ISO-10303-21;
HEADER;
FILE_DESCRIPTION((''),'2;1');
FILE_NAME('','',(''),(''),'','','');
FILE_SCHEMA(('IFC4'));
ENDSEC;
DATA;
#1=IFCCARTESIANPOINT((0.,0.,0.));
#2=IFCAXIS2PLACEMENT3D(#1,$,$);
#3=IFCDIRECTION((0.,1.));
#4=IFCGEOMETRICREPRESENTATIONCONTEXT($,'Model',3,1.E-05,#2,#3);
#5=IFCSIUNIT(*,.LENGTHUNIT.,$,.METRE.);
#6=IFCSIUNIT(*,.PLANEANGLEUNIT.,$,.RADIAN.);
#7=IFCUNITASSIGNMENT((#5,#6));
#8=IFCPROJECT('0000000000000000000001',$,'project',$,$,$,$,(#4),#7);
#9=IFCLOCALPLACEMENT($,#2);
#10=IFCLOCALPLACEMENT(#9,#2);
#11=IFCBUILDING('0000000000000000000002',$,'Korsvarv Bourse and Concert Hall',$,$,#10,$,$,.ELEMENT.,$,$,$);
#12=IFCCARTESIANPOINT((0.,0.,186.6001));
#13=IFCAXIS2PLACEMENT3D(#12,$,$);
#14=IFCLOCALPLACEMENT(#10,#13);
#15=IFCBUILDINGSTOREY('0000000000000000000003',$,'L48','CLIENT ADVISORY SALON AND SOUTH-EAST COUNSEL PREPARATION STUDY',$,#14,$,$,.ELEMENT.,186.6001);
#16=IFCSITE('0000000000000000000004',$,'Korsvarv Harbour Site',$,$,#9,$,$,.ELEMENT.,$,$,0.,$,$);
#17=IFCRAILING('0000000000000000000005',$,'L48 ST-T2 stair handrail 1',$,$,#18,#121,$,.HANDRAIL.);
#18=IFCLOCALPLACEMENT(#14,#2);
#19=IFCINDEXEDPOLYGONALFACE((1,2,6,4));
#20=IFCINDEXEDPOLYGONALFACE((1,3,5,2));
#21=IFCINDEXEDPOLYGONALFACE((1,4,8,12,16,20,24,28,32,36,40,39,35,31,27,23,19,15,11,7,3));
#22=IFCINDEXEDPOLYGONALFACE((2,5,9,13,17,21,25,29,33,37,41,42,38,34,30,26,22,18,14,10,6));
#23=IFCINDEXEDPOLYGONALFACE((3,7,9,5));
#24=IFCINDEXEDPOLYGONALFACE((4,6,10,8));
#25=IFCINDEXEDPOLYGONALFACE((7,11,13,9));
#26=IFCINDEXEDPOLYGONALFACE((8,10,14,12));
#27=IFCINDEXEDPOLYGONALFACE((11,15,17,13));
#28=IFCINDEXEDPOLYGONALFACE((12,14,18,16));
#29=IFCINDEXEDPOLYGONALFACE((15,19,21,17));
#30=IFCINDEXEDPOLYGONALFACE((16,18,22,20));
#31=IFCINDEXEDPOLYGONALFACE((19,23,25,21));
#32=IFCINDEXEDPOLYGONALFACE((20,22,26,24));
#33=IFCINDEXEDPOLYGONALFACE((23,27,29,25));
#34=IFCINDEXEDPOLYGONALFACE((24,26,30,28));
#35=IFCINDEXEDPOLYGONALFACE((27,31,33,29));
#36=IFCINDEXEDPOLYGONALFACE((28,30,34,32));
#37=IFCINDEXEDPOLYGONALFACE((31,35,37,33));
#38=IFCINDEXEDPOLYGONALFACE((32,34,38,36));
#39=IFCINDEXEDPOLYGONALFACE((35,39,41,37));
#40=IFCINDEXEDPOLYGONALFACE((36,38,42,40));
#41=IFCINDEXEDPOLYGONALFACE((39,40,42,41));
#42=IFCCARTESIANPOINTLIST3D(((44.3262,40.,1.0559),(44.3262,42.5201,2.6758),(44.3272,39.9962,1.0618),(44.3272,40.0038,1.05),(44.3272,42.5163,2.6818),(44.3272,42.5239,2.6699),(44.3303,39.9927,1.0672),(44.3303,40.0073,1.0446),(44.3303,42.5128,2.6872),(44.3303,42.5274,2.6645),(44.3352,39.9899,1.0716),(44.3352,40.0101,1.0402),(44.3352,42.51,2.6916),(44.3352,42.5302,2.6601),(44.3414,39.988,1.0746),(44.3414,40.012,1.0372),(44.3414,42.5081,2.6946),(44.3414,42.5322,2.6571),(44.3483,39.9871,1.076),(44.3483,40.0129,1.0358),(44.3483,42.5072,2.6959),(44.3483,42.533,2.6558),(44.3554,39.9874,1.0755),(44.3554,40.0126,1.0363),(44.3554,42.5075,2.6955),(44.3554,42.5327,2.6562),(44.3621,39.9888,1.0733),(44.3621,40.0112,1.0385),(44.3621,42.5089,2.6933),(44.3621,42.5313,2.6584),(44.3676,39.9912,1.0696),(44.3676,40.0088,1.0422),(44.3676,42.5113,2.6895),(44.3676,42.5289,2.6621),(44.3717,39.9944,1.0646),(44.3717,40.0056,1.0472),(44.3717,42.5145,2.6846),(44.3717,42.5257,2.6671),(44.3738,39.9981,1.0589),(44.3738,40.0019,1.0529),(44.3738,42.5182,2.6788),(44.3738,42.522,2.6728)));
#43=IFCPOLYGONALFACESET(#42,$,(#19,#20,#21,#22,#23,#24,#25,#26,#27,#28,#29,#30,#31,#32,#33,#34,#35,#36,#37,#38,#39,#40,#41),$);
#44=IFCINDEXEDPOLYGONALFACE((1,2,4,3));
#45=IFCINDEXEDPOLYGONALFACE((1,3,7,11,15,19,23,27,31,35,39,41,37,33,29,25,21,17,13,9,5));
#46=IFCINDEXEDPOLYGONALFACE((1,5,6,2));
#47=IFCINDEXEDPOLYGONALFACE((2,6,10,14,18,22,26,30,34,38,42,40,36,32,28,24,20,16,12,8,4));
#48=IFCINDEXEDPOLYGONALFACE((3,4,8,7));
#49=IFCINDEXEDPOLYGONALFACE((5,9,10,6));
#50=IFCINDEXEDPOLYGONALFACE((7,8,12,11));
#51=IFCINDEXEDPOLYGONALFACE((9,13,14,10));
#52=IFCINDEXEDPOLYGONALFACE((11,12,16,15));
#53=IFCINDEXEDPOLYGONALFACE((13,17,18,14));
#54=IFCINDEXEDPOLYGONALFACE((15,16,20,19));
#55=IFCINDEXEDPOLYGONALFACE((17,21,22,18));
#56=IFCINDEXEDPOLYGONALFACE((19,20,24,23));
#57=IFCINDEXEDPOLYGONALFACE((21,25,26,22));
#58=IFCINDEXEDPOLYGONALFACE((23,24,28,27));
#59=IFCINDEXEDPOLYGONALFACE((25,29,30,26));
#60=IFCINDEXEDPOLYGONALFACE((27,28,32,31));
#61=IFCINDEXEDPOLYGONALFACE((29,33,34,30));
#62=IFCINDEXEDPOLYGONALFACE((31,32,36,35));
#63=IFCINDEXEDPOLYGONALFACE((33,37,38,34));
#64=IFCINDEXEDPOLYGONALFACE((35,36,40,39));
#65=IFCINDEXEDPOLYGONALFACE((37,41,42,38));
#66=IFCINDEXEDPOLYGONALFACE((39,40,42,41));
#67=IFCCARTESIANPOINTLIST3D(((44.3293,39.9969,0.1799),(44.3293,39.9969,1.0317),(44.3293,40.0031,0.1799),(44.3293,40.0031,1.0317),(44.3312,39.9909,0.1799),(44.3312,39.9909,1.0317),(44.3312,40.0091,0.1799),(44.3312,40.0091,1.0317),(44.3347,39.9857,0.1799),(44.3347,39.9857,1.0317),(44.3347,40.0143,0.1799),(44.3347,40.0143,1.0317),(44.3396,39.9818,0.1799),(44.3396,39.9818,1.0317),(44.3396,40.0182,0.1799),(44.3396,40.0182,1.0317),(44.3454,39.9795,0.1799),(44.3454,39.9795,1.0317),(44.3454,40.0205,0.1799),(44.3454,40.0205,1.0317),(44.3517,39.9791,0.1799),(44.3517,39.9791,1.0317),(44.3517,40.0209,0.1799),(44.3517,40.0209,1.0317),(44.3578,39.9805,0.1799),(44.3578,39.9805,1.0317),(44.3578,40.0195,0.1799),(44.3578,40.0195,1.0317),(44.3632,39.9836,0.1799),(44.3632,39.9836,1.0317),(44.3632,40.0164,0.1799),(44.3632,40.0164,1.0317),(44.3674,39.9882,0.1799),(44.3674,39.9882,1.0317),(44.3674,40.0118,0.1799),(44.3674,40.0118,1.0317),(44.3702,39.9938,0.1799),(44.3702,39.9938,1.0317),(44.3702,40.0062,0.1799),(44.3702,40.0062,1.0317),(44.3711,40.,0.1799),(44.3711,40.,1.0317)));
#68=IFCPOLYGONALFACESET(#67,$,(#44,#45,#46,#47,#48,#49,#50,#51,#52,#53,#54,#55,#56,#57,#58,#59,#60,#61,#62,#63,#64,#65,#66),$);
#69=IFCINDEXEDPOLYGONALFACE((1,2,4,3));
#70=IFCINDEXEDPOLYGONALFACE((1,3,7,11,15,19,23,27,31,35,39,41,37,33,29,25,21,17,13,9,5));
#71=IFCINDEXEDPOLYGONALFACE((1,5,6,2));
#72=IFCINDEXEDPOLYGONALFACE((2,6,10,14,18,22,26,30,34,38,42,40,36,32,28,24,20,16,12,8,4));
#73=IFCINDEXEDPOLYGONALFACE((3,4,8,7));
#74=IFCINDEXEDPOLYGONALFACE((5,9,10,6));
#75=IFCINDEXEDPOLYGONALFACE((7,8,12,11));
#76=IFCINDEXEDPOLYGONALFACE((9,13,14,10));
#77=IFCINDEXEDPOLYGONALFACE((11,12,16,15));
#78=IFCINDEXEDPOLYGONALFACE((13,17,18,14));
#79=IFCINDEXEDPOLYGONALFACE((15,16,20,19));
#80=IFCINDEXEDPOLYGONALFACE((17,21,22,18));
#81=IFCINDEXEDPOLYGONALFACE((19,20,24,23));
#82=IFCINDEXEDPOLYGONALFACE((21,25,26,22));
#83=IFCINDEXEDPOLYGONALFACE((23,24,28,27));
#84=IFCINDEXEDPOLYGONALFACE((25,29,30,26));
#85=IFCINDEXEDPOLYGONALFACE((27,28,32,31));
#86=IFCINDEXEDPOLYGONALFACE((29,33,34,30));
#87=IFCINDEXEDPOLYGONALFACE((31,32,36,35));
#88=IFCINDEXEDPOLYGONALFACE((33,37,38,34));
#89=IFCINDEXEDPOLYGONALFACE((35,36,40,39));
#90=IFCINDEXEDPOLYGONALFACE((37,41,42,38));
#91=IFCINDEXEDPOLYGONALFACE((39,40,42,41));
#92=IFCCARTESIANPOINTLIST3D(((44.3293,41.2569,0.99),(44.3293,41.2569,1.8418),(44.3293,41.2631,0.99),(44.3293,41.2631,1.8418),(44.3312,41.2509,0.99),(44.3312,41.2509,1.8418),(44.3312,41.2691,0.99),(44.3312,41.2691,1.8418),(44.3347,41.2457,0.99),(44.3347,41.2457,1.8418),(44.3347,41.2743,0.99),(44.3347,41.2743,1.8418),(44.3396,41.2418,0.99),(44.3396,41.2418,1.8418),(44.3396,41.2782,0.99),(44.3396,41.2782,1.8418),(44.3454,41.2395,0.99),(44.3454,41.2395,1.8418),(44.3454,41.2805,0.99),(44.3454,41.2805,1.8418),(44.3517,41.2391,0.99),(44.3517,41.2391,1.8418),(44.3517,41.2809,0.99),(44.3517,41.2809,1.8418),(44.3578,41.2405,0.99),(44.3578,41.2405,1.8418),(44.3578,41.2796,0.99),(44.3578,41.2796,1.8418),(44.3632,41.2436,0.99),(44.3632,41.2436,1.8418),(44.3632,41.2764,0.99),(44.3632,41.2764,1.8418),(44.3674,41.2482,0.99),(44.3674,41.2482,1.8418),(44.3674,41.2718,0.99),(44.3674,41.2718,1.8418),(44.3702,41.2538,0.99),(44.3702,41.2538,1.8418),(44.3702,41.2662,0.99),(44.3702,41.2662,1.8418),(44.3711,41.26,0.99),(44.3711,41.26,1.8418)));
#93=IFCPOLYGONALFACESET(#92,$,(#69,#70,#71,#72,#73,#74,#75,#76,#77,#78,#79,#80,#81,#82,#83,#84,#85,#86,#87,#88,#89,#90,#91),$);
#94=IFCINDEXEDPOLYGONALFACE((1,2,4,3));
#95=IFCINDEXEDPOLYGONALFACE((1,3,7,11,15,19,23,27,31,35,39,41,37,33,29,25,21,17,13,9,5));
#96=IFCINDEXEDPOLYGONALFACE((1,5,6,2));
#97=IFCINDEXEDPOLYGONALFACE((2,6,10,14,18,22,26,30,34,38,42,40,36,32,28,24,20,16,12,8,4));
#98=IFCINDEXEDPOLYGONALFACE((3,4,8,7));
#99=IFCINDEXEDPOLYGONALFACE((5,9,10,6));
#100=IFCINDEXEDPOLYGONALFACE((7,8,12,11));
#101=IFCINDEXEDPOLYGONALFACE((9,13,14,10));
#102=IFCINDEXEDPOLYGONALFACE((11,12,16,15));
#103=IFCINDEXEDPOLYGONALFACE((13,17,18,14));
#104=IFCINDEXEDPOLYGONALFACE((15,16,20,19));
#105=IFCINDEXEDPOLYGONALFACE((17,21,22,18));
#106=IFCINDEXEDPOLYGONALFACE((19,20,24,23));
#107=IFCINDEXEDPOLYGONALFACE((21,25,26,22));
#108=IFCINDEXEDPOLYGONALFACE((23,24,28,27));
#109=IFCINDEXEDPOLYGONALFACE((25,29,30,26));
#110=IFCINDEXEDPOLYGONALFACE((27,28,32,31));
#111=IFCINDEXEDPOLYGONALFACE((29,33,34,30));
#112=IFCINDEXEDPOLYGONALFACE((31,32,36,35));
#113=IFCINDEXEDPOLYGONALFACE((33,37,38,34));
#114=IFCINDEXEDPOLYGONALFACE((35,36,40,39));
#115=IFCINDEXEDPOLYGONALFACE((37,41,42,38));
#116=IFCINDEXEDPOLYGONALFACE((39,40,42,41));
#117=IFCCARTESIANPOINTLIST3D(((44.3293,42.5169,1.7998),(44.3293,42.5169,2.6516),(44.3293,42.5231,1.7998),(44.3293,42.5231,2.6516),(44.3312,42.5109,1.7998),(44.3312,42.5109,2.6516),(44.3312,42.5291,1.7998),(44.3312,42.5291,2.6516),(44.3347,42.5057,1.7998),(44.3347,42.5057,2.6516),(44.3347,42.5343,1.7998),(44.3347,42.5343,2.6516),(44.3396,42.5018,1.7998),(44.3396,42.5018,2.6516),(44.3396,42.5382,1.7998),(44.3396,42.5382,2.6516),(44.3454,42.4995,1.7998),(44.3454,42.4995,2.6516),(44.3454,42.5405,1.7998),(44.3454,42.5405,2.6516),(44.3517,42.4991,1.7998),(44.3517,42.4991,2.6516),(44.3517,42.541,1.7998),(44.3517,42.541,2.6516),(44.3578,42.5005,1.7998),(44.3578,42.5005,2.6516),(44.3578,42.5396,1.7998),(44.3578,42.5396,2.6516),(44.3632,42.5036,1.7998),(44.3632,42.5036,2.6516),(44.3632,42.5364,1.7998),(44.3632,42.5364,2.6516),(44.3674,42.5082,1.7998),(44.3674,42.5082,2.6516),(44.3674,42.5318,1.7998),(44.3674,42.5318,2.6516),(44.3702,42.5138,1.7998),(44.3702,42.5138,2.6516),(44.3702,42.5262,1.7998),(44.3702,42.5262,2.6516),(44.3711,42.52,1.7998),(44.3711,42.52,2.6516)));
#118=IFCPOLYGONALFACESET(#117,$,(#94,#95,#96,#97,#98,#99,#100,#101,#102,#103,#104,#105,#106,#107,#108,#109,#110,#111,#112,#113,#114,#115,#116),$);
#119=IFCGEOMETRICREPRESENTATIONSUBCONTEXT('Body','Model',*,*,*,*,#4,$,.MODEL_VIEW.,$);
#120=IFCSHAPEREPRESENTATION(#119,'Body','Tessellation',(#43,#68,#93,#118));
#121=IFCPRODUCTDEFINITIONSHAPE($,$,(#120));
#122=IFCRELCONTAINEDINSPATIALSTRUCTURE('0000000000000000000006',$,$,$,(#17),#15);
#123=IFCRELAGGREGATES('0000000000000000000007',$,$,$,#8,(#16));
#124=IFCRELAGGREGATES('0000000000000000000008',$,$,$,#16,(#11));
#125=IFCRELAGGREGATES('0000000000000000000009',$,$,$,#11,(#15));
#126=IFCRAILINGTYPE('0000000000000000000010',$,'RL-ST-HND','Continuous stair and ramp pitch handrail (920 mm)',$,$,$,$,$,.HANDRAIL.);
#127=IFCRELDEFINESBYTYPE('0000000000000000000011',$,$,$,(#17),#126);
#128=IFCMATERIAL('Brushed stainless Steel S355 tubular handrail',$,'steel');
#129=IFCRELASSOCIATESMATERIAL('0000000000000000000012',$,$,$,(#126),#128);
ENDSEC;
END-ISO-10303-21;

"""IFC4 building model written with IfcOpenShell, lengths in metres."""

from ifc_helpers import new_model, si_unit, direction, frame, origin, origin_2d, place, context, subcontext, project, spatial, circle, extrude, material, type_object, element, save


model = new_model("IFC4")

# Units and contexts
model_context = context("Model", 3, precision=1e-05, world=origin(), true_north=direction((0.0, 1.0)))
body_context = subcontext(model_context, "Body", "Model", "MODEL_VIEW")
ifc_project = project(units=[si_unit("LENGTHUNIT", "METRE"), si_unit("PLANEANGLEUNIT", "RADIAN")], contexts=[model_context])

# Site, building, storey
site_placement = place(None, origin())
site = spatial("IfcSite", under=ifc_project, at=site_placement, Name="Korsvarv Harbour Site", CompositionType="ELEMENT", RefElevation=0.0)
building_placement = place(site_placement, origin())
building = spatial("IfcBuilding", under=site, at=building_placement, Name="Korsvarv Bourse and Concert Hall", CompositionType="ELEMENT")
storey_placement = place(building_placement, frame((0.0, 0.0, 186.6001)))
storey = spatial("IfcBuildingStorey", under=building, at=storey_placement, Name="L48", Description="CLIENT ADVISORY SALON AND SOUTH-EAST COUNSEL PREPARATION STUDY", CompositionType="ELEMENT", Elevation=186.6001)

# Railing
ifc_material_1 = material(Name="Brushed stainless Steel S355 tubular handrail", Category="steel")
railing_type_1 = type_object("IfcRailingType", Name="RL-ST-HND", Description="Continuous stair and ramp pitch handrail (920 mm)", PredefinedType="HANDRAIL", material=ifc_material_1)
railing_1_placement = place(storey_placement, frame((44.3501, 40.0, 0.1799)))
element("IfcRailing", 1, at=railing_1_placement, inside=storey, type_object=railing_type_1, Name="L48 ST-T2 stair handrail 1", PredefinedType="HANDRAIL", context=body_context, shape_type="SweptSolid", body=[
    extrude(circle(Radius=0.0239, at=origin_2d()), frame((0.0, 0.0, 0.876), z_axis=(0.0, 0.8412, 0.540725), x_axis=(-1.0, 0.0, 0.0)), (0.0, 0.0, 1.0), 2.9958),
    extrude(circle(Radius=0.021, at=origin_2d()), origin(), (0.0, 0.0, 1.0), 0.8518),
    extrude(circle(Radius=0.021, at=origin_2d()), frame((0.0, 1.26, 0.8101)), (0.0, 0.0, 1.0), 0.8518),
    extrude(circle(Radius=0.021, at=origin_2d()), frame((0.0, 2.52, 1.6199)), (0.0, 0.0, 1.0), 0.8518),
])

save(model, "model.ifc")
